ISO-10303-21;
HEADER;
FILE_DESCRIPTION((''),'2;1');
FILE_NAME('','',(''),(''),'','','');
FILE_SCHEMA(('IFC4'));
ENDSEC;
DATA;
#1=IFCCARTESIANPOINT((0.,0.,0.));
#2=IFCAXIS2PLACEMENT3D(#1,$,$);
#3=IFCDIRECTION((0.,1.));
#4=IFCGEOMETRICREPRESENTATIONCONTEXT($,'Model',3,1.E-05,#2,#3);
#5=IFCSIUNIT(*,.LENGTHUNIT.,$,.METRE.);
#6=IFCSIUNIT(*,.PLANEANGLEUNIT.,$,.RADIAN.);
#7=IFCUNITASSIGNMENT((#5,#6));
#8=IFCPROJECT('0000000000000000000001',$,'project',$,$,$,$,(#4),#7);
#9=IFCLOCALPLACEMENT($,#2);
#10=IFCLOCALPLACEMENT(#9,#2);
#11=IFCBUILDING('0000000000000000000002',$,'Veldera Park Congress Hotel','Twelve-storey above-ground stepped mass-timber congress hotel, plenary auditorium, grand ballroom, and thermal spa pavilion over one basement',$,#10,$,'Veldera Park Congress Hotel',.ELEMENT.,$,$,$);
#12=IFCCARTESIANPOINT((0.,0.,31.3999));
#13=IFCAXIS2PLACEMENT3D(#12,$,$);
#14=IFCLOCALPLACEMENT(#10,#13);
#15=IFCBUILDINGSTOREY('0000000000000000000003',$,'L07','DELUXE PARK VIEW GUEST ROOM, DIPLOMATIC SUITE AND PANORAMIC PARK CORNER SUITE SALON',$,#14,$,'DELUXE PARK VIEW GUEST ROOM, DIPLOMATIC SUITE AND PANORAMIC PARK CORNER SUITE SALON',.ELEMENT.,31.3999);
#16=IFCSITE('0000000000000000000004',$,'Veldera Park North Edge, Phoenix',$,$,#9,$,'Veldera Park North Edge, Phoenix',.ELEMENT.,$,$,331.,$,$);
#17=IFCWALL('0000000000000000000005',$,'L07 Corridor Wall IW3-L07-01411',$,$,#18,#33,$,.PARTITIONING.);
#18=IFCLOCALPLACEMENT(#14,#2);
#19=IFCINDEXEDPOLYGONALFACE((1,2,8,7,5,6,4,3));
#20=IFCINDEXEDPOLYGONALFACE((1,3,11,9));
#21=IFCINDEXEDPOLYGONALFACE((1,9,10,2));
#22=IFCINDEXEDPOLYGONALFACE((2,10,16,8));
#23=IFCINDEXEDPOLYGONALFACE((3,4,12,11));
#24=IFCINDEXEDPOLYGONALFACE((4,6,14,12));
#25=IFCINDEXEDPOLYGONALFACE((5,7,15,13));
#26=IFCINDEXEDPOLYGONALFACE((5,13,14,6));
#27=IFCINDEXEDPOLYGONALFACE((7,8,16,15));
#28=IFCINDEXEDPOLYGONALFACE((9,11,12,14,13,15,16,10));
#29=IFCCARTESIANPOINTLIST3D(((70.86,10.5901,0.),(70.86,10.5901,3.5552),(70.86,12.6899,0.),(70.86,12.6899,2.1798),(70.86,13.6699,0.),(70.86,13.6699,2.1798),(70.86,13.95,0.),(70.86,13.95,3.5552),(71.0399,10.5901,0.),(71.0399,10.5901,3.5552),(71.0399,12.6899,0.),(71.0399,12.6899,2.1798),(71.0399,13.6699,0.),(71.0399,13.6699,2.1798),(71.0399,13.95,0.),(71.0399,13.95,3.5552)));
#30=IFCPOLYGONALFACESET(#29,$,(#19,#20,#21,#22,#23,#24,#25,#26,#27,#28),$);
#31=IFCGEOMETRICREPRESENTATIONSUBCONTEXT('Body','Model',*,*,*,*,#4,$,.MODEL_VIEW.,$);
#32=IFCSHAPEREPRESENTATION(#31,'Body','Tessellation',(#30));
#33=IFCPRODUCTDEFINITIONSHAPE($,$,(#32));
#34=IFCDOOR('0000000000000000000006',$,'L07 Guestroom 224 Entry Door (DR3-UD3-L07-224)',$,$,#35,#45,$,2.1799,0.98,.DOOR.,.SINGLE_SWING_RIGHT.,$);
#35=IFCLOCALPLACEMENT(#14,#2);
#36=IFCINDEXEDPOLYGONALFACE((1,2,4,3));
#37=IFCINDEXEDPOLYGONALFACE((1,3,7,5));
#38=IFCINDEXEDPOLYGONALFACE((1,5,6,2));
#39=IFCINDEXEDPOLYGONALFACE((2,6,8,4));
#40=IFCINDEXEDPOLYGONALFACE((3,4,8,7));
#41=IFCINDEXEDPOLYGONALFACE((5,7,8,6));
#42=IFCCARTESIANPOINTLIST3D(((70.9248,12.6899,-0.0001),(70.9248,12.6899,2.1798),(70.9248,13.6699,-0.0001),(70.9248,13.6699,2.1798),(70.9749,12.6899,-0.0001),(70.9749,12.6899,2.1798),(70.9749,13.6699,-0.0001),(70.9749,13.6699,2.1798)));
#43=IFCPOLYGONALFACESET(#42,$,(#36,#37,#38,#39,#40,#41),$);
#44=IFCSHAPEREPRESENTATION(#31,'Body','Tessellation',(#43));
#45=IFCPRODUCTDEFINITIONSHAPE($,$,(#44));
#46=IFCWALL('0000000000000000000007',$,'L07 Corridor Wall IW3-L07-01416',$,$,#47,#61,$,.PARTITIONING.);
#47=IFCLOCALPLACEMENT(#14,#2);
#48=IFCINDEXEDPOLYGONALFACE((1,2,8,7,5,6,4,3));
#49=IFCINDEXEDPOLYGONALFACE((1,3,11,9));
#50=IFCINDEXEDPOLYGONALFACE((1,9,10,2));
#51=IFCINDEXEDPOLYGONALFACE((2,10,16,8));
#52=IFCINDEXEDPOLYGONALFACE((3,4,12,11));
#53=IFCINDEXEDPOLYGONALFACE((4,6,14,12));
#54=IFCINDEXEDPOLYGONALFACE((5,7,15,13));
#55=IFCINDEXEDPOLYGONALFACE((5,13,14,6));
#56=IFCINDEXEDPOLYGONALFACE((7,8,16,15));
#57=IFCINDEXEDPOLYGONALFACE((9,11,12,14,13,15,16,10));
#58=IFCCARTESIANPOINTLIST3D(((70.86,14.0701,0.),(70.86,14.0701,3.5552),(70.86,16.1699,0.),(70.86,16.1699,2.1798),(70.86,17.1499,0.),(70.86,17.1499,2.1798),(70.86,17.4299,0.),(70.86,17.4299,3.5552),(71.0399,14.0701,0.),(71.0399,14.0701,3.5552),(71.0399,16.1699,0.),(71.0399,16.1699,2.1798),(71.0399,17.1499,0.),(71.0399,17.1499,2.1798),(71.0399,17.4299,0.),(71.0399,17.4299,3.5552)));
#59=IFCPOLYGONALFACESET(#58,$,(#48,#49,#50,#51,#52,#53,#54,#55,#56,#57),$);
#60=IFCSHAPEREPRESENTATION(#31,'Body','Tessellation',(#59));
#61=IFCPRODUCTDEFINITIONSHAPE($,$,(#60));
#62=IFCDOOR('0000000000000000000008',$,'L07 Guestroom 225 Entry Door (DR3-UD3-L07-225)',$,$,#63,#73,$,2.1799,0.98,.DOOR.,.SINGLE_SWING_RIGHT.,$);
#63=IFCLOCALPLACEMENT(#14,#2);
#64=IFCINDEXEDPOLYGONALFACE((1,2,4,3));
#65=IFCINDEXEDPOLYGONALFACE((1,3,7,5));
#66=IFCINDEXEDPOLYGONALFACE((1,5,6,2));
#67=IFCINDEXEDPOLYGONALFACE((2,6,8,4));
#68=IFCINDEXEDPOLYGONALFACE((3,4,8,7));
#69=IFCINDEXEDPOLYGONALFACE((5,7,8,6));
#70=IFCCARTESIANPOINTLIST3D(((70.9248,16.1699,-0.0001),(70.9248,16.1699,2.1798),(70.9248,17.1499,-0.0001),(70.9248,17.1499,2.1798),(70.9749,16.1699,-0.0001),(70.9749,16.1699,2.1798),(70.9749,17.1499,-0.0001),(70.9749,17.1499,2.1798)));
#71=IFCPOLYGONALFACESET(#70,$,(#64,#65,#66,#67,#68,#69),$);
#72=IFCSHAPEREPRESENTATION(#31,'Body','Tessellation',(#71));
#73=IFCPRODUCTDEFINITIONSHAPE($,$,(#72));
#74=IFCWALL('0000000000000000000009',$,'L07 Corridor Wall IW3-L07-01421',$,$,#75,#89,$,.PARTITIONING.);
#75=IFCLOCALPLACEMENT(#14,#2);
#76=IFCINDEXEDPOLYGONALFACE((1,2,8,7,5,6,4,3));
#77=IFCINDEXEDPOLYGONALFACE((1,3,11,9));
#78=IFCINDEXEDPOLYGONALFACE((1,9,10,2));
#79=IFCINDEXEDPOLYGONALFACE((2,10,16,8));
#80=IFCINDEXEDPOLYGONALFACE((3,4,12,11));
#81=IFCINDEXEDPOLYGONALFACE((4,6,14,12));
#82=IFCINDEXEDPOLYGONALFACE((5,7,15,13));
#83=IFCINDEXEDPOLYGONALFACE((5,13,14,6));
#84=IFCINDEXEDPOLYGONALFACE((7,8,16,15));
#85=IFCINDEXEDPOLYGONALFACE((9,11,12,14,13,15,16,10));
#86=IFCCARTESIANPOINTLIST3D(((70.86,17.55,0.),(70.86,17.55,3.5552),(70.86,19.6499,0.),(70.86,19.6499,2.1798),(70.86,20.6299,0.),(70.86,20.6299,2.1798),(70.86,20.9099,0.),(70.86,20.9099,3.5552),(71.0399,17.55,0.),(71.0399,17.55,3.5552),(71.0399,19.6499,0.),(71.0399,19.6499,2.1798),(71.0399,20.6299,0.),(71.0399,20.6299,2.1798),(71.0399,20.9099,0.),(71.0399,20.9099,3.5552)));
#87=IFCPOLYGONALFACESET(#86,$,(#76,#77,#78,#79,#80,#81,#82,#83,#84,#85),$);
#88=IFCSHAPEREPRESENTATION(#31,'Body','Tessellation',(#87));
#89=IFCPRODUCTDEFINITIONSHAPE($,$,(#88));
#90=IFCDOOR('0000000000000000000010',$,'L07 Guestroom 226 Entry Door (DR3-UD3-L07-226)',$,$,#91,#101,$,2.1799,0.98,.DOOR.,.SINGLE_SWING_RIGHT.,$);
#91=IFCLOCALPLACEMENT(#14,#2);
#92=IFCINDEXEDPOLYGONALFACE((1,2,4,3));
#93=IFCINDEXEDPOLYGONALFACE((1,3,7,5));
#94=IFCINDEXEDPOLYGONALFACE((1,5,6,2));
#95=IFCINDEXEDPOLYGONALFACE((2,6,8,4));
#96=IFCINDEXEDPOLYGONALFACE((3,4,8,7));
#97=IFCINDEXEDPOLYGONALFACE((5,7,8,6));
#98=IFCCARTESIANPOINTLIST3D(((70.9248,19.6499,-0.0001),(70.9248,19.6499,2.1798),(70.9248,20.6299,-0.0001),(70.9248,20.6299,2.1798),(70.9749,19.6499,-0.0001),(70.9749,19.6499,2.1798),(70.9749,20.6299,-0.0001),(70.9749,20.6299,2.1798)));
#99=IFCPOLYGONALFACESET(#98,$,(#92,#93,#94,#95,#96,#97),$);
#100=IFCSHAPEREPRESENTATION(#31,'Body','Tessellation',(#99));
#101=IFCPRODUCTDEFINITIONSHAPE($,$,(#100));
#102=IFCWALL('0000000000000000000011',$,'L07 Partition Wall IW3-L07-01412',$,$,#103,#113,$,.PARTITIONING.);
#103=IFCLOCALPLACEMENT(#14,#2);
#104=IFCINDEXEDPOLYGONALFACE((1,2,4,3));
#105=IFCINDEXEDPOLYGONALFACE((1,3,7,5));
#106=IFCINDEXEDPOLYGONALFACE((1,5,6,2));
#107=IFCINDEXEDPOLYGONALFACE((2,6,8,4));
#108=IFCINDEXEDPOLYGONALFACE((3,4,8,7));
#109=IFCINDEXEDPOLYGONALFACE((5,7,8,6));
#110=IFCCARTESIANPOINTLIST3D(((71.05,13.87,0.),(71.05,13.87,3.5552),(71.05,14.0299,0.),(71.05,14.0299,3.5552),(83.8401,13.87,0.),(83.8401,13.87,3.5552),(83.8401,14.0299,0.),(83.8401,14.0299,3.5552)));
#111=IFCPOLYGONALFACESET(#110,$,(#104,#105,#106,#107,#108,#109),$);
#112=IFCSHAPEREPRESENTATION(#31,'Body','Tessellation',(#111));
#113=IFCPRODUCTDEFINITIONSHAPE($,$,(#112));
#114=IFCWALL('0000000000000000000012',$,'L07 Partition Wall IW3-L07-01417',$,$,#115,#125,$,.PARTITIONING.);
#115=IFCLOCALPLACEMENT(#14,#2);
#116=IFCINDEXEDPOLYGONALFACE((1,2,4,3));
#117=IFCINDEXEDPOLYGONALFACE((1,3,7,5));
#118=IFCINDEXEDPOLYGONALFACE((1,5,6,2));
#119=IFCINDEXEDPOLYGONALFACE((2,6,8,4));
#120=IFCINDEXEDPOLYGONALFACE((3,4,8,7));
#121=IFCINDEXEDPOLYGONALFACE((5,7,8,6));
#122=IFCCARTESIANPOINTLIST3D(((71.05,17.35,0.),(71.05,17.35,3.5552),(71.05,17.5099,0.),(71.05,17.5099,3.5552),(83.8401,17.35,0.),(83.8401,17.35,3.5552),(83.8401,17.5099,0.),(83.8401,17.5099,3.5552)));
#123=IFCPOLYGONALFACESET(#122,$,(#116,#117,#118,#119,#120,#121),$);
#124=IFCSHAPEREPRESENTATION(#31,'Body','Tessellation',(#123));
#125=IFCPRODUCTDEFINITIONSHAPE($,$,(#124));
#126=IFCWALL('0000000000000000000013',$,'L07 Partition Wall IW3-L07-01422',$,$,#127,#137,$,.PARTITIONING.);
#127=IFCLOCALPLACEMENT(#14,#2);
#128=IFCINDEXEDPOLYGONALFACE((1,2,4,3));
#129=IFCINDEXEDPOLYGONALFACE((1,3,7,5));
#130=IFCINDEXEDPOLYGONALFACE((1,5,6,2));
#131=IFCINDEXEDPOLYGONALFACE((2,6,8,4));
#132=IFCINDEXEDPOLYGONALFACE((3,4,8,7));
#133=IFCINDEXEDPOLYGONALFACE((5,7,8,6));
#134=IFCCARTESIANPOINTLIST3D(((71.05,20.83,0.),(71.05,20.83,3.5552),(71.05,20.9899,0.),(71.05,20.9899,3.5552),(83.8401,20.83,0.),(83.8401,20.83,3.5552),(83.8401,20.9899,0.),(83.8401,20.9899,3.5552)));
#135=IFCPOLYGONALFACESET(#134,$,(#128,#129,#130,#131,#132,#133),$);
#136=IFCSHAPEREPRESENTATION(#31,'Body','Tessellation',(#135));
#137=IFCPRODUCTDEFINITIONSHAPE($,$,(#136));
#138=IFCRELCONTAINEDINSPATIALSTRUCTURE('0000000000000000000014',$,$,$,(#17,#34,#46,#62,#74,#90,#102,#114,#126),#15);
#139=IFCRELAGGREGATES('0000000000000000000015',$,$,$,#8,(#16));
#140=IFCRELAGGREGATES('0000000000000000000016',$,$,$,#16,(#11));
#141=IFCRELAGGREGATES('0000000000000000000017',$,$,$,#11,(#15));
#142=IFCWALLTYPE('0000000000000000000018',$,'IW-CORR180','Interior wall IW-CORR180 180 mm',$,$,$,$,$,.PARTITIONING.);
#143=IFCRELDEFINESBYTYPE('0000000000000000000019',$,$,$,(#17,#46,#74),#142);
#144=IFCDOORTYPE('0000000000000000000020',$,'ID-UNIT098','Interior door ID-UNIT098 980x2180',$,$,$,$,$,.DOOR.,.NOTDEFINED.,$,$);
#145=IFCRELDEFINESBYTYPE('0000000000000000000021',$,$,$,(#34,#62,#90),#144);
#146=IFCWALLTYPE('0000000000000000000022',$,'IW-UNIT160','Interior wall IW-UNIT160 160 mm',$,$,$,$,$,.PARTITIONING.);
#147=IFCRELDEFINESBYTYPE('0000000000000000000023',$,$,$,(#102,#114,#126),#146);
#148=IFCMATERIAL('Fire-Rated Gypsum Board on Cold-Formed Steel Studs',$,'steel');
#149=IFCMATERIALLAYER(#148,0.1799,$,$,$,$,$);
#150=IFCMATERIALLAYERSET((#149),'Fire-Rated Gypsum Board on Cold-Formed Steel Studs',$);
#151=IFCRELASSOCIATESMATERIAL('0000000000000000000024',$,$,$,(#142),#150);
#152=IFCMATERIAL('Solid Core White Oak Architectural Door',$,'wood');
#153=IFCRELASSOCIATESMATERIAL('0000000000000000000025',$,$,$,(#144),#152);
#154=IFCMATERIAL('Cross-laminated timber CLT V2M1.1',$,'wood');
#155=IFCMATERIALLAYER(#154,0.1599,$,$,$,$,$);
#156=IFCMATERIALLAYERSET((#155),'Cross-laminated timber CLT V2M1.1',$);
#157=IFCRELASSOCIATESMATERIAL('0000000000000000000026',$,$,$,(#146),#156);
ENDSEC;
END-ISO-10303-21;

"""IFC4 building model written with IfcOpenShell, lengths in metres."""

from ifc_helpers import new_model, si_unit, direction, frame, frame_2d, origin, place, context, subcontext, project, spatial, rectangle, extrude, material, layer, layer_set, type_object, element, fill, save


model = new_model("IFC4")

# Units and contexts
model_context = context("Model", 3, precision=1e-05, world=origin(), true_north=direction((0.0, 1.0)))
body_context = subcontext(model_context, "Body", "Model", "MODEL_VIEW")
ifc_project = project(units=[si_unit("LENGTHUNIT", "METRE"), si_unit("PLANEANGLEUNIT", "RADIAN")], contexts=[model_context])

# Site, building, storey
site_placement = place(None, origin())
site = spatial("IfcSite", under=ifc_project, at=site_placement, Name="Veldera Park North Edge, Phoenix", LongName="Veldera Park North Edge, Phoenix", CompositionType="ELEMENT", RefElevation=331.0)
building_placement = place(site_placement, origin())
building = spatial("IfcBuilding", under=site, at=building_placement, Name="Veldera Park Congress Hotel", Description="Twelve-storey above-ground stepped mass-timber congress hotel, plenary auditorium, grand ballroom, and thermal spa pavilion over one basement", LongName="Veldera Park Congress Hotel", CompositionType="ELEMENT")
storey_placement = place(building_placement, frame((0.0, 0.0, 31.3999)))
storey = spatial("IfcBuildingStorey", under=building, at=storey_placement, Name="L07", Description="DELUXE PARK VIEW GUEST ROOM, DIPLOMATIC SUITE AND PANORAMIC PARK CORNER SUITE SALON", LongName="DELUXE PARK VIEW GUEST ROOM, DIPLOMATIC SUITE AND PANORAMIC PARK CORNER SUITE SALON", CompositionType="ELEMENT", Elevation=31.3999)

# Shared definitions
ifc_material_1 = material(Name="Cross-laminated timber CLT V2M1.1", Category="wood")

# Walls, openings, doors
ifc_material_2 = material(Name="Fire-Rated Gypsum Board on Cold-Formed Steel Studs", Category="steel")
ifc_layer_1 = layer(ifc_material_2, 0.1799)
ifc_layer_set_1 = layer_set([ifc_layer_1], Name="Fire-Rated Gypsum Board on Cold-Formed Steel Studs")
wall_type_1 = type_object("IfcWallType", Name="IW-CORR180", Description="Interior wall IW-CORR180 180 mm", PredefinedType="PARTITIONING", material=ifc_layer_set_1)
wall_1_placement = place(storey_placement, frame((70.95, 13.95, 0.0), z_axis=(0.0, 0.0, 1.0), x_axis=(0.0, -1.0, 0.0)))
wall_1 = element("IfcWall", 1, at=wall_1_placement, inside=storey, type_object=wall_type_1, Name="L07 Corridor Wall IW3-L07-01411", PredefinedType="PARTITIONING", context=body_context, shape_type="SweptSolid", body=[
    extrude(rectangle(XDim=3.3599, YDim=0.1799, at=frame_2d((1.6799, 0.0))), origin(), (0.0, 0.0, 1.0), 3.5552),
])
opening_1_placement = place(wall_1_placement, frame((0.28, 0.0, 0.0)))
opening_1 = element("IfcOpeningElement", 2, at=opening_1_placement, cuts=wall_1, PredefinedType="OPENING", context=body_context, shape_type="SweptSolid", body=[
    extrude(rectangle(XDim=0.98, YDim=2.1799, at=frame_2d((0.49, 1.0898))), frame((0.0, 0.1021, 0.0), z_axis=(0.0, -1.0, 0.0), x_axis=(1.0, 0.0, 0.0)), (0.0, 0.0, 1.0), 0.2039),
])
ifc_material_3 = material(Name="Solid Core White Oak Architectural Door", Category="wood")
door_type = type_object("IfcDoorType", Name="ID-UNIT098", Description="Interior door ID-UNIT098 980x2180", OperationType="NOTDEFINED", PredefinedType="DOOR", material=ifc_material_3)
door_1_placement = place(opening_1_placement, origin())
door_1 = element("IfcDoor", 3, at=door_1_placement, inside=storey, type_object=door_type, Name="L07 Guestroom 224 Entry Door (DR3-UD3-L07-224)", OperationType="SINGLE_SWING_RIGHT", OverallHeight=2.1799, OverallWidth=0.98, PredefinedType="DOOR", context=body_context, shape_type="SweptSolid", body=[
    extrude(rectangle(XDim=0.98, YDim=2.1799, at=frame_2d((0.49, 1.0898))), frame((0.0, 0.0249, 0.0), z_axis=(0.0, -1.0, 0.0), x_axis=(1.0, 0.0, 0.0)), (0.0, 0.0, 1.0), 0.05),
])
fill(opening_1, door_1)
wall_2_placement = place(storey_placement, frame((70.95, 17.4299, 0.0), z_axis=(0.0, 0.0, 1.0), x_axis=(0.0, -1.0, 0.0)))
wall_2 = element("IfcWall", 4, at=wall_2_placement, inside=storey, type_object=wall_type_1, Name="L07 Corridor Wall IW3-L07-01416", PredefinedType="PARTITIONING", context=body_context, shape_type="SweptSolid", body=[
    extrude(rectangle(XDim=3.3599, YDim=0.1799, at=frame_2d((1.6799, 0.0))), origin(), (0.0, 0.0, 1.0), 3.5552),
])
opening_2_placement = place(wall_2_placement, frame((0.28, 0.0, 0.0)))
opening_2 = element("IfcOpeningElement", 5, at=opening_2_placement, cuts=wall_2, PredefinedType="OPENING", context=body_context, shape_type="SweptSolid", body=[
    extrude(rectangle(XDim=0.98, YDim=2.1799, at=frame_2d((0.49, 1.0898))), frame((0.0, 0.1021, 0.0), z_axis=(0.0, -1.0, 0.0), x_axis=(1.0, 0.0, 0.0)), (0.0, 0.0, 1.0), 0.2039),
])
door_2_placement = place(opening_2_placement, origin())
door_2 = element("IfcDoor", 6, at=door_2_placement, inside=storey, type_object=door_type, Name="L07 Guestroom 225 Entry Door (DR3-UD3-L07-225)", OperationType="SINGLE_SWING_RIGHT", OverallHeight=2.1799, OverallWidth=0.98, PredefinedType="DOOR", context=body_context, shape_type="SweptSolid", body=[
    extrude(rectangle(XDim=0.98, YDim=2.1799, at=frame_2d((0.49, 1.0898))), frame((0.0, 0.0249, 0.0), z_axis=(0.0, -1.0, 0.0), x_axis=(1.0, 0.0, 0.0)), (0.0, 0.0, 1.0), 0.05),
])
fill(opening_2, door_2)
wall_3_placement = place(storey_placement, frame((70.95, 20.9099, 0.0), z_axis=(0.0, 0.0, 1.0), x_axis=(0.0, -1.0, 0.0)))
wall_3 = element("IfcWall", 7, at=wall_3_placement, inside=storey, type_object=wall_type_1, Name="L07 Corridor Wall IW3-L07-01421", PredefinedType="PARTITIONING", context=body_context, shape_type="SweptSolid", body=[
    extrude(rectangle(XDim=3.3599, YDim=0.1799, at=frame_2d((1.6799, 0.0))), origin(), (0.0, 0.0, 1.0), 3.5552),
])
opening_3_placement = place(wall_3_placement, frame((0.28, 0.0, 0.0)))
opening_3 = element("IfcOpeningElement", 8, at=opening_3_placement, cuts=wall_3, PredefinedType="OPENING", context=body_context, shape_type="SweptSolid", body=[
    extrude(rectangle(XDim=0.98, YDim=2.1799, at=frame_2d((0.49, 1.0898))), frame((0.0, 0.1021, 0.0), z_axis=(0.0, -1.0, 0.0), x_axis=(1.0, 0.0, 0.0)), (0.0, 0.0, 1.0), 0.2039),
])
door_3_placement = place(opening_3_placement, origin())
door_3 = element("IfcDoor", 9, at=door_3_placement, inside=storey, type_object=door_type, Name="L07 Guestroom 226 Entry Door (DR3-UD3-L07-226)", OperationType="SINGLE_SWING_RIGHT", OverallHeight=2.1799, OverallWidth=0.98, PredefinedType="DOOR", context=body_context, shape_type="SweptSolid", body=[
    extrude(rectangle(XDim=0.98, YDim=2.1799, at=frame_2d((0.49, 1.0898))), frame((0.0, 0.0249, 0.0), z_axis=(0.0, -1.0, 0.0), x_axis=(1.0, 0.0, 0.0)), (0.0, 0.0, 1.0), 0.05),
])
fill(opening_3, door_3)

# Walls
ifc_layer_2 = layer(ifc_material_1, 0.1599)
ifc_layer_set_2 = layer_set([ifc_layer_2], Name="Cross-laminated timber CLT V2M1.1")
wall_type_2 = type_object("IfcWallType", Name="IW-UNIT160", Description="Interior wall IW-UNIT160 160 mm", PredefinedType="PARTITIONING", material=ifc_layer_set_2)
for number, where, z_axis, x_axis, name in (
    (10, (71.05, 13.95, 0.0), (0.0, 0.0, 1.0), (1.0, 0.0, 0.0), "L07 Partition Wall IW3-L07-01412"),
    (11, (71.05, 17.4299, 0.0), (0.0, 0.0, 1.0), (1.0, 0.0, 0.0), "L07 Partition Wall IW3-L07-01417"),
    (12, (71.05, 20.9099, 0.0), (0.0, 0.0, 1.0), (1.0, 0.0, 0.0), "L07 Partition Wall IW3-L07-01422"),
):
    element("IfcWall", number, at=place(storey_placement, frame(where, z_axis=z_axis, x_axis=x_axis)), inside=storey, type_object=wall_type_2, Name=name, PredefinedType="PARTITIONING", context=body_context, shape_type="SweptSolid", body=[
        extrude(rectangle(XDim=12.79, YDim=0.1599, at=frame_2d((6.395, 0.0))), origin(), (0.0, 0.0, 1.0), 3.5552),
    ])

save(model, "model.ifc")
